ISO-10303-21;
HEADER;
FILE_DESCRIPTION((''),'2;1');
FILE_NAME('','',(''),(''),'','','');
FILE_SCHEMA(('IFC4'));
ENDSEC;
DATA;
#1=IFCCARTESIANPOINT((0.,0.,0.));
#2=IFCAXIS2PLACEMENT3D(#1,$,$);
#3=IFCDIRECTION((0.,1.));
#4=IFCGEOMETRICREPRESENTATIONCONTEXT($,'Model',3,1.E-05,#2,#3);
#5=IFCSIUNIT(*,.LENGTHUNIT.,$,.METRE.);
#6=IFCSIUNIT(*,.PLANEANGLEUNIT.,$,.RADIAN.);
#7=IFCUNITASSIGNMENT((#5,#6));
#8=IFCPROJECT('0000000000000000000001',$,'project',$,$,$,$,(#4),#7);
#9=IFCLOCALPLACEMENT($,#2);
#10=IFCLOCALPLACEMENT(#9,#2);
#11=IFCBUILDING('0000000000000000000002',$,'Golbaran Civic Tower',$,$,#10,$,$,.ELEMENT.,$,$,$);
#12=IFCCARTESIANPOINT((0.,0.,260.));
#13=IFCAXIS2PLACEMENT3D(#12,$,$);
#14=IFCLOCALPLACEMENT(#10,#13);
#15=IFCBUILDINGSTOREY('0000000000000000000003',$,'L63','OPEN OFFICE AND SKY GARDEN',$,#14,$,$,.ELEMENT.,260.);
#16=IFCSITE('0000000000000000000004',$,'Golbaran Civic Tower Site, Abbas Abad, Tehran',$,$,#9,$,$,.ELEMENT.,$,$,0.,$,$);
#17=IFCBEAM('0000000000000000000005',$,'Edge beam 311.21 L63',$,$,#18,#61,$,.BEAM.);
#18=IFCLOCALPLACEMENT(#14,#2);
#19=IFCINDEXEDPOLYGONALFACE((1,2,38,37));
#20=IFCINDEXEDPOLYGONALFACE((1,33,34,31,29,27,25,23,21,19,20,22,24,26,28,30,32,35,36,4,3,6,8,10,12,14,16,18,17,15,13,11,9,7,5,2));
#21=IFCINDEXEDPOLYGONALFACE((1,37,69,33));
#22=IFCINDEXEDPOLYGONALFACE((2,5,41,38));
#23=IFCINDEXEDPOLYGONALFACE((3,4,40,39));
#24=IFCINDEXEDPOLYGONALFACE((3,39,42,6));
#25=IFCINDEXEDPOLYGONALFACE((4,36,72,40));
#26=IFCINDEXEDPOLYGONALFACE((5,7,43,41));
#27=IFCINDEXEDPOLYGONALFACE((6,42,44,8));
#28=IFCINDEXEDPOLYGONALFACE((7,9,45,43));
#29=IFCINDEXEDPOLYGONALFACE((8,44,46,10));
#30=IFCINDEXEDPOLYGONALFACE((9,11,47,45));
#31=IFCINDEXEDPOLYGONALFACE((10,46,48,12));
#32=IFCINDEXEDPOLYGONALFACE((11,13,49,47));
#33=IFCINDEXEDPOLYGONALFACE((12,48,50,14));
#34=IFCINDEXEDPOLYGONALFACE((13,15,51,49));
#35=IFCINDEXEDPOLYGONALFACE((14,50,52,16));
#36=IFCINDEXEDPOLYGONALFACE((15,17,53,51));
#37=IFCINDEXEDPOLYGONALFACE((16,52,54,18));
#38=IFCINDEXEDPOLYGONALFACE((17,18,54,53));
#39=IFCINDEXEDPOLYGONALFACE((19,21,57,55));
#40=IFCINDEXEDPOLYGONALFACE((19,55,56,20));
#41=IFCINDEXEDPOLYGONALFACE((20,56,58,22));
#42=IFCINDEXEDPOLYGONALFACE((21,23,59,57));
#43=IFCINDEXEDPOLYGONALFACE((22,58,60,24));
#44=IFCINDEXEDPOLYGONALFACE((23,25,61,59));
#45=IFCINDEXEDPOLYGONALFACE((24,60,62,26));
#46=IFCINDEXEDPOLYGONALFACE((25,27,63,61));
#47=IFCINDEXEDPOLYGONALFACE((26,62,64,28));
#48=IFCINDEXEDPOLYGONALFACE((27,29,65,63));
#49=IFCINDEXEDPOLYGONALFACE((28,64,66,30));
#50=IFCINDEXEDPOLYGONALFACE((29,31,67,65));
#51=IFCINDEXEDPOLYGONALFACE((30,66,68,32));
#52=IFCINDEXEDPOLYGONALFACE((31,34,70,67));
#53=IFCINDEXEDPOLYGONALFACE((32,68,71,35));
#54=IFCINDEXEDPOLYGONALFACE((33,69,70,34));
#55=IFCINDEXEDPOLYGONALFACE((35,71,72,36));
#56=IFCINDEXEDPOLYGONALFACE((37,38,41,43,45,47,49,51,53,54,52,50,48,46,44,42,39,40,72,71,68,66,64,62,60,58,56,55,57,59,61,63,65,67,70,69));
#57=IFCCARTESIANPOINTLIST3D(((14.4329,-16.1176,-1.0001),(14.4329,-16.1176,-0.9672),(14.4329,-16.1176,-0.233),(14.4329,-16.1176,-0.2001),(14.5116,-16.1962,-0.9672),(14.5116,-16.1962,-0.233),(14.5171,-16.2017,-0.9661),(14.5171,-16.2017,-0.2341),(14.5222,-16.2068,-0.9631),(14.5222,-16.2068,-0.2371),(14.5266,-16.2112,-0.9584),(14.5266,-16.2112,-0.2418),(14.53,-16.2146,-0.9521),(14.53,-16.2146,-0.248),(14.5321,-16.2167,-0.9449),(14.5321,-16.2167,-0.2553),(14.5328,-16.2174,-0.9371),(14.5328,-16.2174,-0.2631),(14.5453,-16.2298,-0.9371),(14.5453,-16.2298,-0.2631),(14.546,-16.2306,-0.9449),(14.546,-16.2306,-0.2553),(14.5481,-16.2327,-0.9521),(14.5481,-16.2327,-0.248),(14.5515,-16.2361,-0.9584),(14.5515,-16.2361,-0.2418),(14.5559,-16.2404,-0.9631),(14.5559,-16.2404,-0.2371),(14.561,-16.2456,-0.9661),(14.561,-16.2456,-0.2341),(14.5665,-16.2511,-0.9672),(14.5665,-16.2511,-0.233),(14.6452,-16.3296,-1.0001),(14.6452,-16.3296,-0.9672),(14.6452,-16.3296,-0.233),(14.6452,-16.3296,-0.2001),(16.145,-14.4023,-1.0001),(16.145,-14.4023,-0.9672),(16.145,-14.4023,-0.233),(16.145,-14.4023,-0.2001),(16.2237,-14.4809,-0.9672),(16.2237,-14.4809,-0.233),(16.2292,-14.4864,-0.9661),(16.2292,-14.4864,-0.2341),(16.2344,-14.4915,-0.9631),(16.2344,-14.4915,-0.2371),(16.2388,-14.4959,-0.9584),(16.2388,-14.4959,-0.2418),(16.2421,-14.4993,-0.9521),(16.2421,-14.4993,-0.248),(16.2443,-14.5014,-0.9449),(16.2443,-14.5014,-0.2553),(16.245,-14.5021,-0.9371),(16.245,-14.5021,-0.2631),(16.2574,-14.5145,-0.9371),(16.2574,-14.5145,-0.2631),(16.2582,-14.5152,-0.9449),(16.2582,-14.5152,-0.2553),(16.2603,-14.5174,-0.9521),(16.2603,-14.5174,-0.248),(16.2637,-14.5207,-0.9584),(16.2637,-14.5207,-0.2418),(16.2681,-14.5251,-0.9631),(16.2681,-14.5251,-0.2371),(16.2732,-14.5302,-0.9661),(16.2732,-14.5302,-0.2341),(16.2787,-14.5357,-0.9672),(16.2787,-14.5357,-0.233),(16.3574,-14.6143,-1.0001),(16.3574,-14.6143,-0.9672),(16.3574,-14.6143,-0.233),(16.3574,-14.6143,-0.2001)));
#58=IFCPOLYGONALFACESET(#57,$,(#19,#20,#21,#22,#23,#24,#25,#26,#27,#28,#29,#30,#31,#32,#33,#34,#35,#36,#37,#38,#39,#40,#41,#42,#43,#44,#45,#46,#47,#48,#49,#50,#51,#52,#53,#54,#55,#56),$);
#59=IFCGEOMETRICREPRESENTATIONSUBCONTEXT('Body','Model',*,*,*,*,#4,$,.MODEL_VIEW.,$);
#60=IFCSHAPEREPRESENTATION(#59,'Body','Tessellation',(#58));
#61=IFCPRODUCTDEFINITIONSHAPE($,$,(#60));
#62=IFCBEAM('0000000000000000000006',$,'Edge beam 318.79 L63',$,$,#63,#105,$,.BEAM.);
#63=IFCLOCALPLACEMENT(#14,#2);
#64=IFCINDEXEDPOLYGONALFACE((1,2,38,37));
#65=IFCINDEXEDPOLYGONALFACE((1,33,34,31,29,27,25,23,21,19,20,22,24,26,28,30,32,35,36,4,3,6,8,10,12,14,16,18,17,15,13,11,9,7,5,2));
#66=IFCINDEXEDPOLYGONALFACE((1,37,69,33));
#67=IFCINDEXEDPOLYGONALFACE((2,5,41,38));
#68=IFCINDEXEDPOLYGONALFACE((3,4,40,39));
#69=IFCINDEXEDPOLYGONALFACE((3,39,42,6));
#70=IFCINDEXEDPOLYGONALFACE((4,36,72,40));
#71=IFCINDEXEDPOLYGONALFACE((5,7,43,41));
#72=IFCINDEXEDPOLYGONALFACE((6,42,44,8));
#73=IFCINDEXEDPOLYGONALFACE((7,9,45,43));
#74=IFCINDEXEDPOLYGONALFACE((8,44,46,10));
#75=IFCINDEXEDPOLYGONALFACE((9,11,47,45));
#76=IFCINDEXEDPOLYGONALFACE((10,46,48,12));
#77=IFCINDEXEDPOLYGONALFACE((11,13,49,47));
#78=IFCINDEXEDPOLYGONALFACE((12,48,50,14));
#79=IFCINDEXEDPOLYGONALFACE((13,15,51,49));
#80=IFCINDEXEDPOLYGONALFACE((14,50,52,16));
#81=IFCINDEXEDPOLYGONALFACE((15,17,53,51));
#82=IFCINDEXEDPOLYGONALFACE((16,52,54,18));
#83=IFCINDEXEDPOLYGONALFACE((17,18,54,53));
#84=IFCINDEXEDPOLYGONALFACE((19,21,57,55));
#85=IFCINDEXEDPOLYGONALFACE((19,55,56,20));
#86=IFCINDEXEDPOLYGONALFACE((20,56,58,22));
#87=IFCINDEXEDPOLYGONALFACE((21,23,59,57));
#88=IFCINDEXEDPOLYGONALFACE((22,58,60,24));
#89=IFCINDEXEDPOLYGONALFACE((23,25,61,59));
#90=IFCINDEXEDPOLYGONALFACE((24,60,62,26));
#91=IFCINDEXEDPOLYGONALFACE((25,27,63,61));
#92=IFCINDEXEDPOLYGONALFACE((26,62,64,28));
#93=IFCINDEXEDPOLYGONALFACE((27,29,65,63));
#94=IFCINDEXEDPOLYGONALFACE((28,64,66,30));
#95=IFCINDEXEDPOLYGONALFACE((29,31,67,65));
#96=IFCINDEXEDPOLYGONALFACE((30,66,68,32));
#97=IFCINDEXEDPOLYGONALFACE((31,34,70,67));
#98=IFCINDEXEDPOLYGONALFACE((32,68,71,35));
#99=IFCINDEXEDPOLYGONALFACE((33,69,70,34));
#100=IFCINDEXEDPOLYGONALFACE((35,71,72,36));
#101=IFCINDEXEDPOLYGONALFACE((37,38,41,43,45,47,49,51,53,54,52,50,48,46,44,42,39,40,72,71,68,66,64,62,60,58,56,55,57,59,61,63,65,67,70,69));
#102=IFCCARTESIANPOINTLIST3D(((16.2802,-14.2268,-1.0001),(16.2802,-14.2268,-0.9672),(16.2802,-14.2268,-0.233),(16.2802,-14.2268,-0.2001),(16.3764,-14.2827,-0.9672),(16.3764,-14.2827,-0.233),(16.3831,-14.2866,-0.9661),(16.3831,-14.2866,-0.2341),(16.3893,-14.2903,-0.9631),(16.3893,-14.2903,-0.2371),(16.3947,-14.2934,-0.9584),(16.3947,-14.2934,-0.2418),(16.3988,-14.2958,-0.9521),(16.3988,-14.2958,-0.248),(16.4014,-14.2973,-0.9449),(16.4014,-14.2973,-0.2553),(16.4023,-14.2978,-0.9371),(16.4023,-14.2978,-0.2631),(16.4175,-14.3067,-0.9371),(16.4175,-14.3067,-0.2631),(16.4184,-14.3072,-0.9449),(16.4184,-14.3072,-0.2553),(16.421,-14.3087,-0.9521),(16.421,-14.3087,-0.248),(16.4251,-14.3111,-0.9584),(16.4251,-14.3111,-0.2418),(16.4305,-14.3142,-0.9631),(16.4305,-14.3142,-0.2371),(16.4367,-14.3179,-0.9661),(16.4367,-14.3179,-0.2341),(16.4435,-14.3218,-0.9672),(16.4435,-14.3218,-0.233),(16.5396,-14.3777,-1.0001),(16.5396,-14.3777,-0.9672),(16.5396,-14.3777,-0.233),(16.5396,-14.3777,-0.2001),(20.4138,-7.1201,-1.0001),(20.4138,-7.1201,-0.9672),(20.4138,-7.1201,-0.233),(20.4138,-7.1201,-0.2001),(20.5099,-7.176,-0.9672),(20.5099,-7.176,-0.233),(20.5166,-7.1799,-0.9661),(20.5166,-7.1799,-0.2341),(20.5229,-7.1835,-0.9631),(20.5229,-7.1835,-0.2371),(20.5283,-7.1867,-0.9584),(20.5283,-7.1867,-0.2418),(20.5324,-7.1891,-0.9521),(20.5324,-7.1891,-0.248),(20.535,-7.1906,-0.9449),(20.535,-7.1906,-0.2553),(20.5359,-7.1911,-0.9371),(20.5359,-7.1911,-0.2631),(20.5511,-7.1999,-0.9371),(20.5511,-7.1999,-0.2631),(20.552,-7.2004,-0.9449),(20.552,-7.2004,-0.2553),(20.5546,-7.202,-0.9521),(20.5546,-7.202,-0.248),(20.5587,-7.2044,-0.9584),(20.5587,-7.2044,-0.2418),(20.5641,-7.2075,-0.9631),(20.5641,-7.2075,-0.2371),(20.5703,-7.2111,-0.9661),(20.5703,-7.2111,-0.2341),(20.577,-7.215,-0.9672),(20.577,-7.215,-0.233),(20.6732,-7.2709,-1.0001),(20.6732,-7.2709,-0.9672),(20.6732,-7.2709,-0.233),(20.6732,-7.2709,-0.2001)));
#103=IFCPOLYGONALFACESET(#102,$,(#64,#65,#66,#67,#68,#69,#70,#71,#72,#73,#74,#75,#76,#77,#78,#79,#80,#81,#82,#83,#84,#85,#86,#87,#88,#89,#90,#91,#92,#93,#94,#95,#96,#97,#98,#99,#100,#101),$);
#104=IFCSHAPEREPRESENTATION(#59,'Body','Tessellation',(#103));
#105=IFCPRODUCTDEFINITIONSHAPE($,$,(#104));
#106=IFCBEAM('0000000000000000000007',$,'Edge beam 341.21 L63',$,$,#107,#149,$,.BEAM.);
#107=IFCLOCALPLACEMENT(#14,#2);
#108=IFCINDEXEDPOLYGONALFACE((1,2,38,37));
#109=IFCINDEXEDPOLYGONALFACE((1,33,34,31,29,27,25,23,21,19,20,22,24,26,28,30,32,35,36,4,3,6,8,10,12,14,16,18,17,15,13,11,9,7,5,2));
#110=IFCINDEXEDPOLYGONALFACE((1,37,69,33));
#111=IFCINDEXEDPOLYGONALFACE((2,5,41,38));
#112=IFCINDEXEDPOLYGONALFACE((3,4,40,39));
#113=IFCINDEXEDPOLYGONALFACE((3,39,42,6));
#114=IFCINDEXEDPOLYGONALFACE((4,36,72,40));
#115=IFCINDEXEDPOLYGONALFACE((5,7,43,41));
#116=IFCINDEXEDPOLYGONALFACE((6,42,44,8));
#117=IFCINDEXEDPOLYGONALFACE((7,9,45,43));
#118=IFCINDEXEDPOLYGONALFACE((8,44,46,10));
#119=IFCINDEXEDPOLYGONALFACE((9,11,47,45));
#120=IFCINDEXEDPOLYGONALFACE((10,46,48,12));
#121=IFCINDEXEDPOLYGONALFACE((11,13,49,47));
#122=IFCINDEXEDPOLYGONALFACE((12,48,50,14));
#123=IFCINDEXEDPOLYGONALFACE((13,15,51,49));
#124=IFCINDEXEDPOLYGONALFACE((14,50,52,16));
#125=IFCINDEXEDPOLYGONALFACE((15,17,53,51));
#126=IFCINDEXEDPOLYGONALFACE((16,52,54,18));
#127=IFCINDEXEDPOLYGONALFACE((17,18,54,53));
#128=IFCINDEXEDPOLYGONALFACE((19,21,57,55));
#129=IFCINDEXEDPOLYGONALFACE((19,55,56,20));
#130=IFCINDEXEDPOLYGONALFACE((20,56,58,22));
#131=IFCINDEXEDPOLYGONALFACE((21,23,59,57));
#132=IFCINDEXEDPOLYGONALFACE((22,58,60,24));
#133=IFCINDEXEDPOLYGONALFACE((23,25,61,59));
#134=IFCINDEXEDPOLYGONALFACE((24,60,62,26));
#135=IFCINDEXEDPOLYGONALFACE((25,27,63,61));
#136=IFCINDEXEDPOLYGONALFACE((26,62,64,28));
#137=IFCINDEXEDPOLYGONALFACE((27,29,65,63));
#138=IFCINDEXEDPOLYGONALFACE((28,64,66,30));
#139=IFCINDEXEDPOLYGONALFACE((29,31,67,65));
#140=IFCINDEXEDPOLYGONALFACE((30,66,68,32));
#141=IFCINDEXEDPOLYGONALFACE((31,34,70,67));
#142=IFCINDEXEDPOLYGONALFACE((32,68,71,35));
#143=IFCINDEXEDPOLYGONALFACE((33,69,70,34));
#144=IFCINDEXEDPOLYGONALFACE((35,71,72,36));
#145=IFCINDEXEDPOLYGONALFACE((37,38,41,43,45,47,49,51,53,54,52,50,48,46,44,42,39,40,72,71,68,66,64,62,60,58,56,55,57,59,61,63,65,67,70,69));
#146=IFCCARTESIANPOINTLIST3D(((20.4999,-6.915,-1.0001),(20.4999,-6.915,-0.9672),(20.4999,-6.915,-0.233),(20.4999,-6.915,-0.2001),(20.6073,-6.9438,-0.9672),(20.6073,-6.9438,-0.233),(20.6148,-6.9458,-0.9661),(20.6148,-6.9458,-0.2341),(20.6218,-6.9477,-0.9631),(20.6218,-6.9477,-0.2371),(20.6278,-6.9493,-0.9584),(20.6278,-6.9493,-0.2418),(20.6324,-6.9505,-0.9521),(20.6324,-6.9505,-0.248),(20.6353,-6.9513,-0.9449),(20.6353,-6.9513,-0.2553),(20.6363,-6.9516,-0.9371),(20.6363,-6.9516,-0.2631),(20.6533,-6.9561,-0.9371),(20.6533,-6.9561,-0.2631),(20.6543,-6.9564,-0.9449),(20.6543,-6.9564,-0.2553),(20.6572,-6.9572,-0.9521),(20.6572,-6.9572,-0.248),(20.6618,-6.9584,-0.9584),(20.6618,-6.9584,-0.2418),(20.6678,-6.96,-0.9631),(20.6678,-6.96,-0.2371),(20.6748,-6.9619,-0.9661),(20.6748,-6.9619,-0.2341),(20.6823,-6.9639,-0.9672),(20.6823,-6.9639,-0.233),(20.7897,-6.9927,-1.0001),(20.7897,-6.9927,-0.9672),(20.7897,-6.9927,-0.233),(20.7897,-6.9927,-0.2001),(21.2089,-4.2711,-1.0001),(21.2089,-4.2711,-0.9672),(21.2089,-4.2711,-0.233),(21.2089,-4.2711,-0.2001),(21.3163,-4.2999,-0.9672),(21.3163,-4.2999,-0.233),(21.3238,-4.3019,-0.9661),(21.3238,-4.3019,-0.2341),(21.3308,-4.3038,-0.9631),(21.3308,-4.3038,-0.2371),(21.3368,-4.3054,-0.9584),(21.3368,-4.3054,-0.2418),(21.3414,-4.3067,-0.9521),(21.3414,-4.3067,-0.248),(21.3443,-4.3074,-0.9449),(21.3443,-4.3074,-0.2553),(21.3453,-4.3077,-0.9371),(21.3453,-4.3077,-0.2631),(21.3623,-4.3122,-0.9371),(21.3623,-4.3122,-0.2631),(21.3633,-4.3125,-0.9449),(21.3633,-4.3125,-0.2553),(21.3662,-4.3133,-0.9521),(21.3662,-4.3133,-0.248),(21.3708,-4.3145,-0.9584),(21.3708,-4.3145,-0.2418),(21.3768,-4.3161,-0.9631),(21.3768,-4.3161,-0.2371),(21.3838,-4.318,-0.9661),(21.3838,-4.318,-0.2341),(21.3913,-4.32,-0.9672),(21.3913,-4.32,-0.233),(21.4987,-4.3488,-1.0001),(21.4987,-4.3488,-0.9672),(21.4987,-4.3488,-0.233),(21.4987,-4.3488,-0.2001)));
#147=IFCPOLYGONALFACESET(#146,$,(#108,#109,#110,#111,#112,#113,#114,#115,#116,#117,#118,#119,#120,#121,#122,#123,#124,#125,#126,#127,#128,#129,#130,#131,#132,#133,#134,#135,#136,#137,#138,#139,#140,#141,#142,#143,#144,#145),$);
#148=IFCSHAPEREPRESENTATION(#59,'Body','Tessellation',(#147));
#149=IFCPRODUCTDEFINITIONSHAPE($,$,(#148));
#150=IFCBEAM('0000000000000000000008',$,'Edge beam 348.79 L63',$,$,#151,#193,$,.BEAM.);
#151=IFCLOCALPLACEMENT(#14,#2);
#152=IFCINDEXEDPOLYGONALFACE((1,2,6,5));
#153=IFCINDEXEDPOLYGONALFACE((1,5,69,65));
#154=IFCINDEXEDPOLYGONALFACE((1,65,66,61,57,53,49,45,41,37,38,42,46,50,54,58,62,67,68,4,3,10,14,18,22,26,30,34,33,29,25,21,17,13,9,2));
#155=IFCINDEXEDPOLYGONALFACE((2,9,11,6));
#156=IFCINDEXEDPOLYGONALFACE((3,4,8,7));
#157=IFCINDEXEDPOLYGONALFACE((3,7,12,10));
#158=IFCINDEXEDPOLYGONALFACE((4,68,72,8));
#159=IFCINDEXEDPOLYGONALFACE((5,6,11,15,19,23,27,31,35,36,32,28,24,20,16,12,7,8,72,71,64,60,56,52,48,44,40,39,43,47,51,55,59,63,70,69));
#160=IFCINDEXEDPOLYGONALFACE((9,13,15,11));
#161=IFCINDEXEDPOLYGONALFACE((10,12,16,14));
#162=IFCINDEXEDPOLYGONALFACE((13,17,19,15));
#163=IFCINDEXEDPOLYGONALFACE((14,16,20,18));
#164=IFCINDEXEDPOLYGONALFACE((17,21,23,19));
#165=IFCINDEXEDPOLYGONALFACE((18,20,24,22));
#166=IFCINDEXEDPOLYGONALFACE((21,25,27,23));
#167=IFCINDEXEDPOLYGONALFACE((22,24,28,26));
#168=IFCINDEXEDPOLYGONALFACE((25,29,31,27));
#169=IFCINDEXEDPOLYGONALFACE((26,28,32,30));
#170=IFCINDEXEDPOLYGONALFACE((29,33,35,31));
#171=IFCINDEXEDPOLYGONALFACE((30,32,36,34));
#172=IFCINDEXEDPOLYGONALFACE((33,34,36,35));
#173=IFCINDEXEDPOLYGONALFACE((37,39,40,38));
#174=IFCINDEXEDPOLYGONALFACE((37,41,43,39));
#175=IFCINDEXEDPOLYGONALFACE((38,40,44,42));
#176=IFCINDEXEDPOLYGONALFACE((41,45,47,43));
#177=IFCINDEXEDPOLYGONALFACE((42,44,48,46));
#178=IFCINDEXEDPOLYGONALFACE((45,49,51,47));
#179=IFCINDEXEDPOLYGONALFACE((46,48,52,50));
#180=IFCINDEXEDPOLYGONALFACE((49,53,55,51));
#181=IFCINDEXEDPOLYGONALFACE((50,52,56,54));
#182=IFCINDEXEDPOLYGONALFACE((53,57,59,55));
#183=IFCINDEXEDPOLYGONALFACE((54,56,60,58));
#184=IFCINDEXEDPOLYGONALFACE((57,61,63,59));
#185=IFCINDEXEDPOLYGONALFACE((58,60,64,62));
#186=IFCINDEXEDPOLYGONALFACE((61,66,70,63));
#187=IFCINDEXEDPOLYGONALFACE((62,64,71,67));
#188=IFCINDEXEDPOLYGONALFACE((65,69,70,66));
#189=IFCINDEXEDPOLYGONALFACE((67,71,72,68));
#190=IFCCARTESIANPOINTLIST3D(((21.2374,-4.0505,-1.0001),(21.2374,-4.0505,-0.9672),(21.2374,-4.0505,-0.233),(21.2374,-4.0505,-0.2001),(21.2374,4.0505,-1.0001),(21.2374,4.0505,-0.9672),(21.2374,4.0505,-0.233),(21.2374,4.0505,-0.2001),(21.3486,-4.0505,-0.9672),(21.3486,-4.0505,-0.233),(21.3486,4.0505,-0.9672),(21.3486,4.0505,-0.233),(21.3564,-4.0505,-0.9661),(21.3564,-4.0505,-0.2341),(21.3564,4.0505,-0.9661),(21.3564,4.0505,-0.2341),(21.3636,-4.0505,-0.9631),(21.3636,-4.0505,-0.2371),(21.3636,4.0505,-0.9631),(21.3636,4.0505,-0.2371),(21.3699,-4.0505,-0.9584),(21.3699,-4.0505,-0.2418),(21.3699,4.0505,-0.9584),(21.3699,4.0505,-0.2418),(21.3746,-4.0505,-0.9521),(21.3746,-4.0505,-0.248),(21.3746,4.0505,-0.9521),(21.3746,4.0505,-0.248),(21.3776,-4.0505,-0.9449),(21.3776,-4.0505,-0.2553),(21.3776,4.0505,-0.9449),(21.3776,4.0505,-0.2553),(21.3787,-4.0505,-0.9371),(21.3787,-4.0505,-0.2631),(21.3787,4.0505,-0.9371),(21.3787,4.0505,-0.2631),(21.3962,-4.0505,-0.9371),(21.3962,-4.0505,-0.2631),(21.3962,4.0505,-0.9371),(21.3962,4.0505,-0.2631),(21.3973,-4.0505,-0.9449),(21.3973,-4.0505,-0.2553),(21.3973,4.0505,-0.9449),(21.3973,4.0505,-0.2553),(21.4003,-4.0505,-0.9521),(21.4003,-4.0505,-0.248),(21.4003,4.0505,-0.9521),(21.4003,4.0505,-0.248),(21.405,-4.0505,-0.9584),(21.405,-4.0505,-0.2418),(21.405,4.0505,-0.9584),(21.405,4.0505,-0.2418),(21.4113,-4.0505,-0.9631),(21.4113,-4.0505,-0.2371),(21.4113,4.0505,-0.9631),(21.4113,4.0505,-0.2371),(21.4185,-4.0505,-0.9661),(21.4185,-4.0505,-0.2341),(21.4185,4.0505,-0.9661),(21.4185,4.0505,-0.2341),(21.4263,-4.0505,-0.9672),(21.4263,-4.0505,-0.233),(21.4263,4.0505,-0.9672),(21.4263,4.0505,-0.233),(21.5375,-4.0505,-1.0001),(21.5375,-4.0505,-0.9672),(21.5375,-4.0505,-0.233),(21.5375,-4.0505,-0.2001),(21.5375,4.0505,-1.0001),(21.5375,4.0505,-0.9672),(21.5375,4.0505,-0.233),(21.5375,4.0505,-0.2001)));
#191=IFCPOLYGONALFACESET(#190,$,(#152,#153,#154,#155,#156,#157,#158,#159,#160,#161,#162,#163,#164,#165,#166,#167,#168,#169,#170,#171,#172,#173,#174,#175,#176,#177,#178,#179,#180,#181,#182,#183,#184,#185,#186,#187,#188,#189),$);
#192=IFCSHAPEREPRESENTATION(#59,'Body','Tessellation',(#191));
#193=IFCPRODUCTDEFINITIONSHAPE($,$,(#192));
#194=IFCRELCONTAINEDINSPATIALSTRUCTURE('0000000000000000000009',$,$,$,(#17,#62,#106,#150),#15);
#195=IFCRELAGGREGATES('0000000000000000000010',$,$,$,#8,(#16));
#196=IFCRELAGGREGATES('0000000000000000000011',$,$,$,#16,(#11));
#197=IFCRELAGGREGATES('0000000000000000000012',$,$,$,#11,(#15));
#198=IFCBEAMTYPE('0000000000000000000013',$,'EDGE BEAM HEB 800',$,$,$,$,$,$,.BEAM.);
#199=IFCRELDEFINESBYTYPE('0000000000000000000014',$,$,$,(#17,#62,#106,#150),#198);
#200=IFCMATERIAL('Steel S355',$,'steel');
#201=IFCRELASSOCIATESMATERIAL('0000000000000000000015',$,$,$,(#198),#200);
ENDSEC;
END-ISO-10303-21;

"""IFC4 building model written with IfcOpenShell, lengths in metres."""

from ifc_helpers import new_model, si_unit, direction, frame, origin, origin_2d, place, context, subcontext, project, spatial, i_section, extrude, material, material_profile, profile_set, type_object, element, save


model = new_model("IFC4")

# Units and contexts
model_context = context("Model", 3, precision=1e-05, world=origin(), true_north=direction((0.0, 1.0)))
body_context = subcontext(model_context, "Body", "Model", "MODEL_VIEW")
ifc_project = project(units=[si_unit("LENGTHUNIT", "METRE"), si_unit("PLANEANGLEUNIT", "RADIAN")], contexts=[model_context])

# Site, building, storey
site_placement = place(None, origin())
site = spatial("IfcSite", under=ifc_project, at=site_placement, Name="Golbaran Civic Tower Site, Abbas Abad, Tehran", CompositionType="ELEMENT", RefElevation=0.0)
building_placement = place(site_placement, origin())
building = spatial("IfcBuilding", under=site, at=building_placement, Name="Golbaran Civic Tower", CompositionType="ELEMENT")
storey_placement = place(building_placement, frame((0.0, 0.0, 260.0)))
storey = spatial("IfcBuildingStorey", under=building, at=storey_placement, Name="L63", Description="OPEN OFFICE AND SKY GARDEN", CompositionType="ELEMENT", Elevation=260.0)

# Beams
ifc_material_1 = material(Name="Steel S355", Category="steel")
ifc_material_profile_1 = material_profile(ifc_material_1, i_section(OverallWidth=0.3, OverallDepth=0.8, WebThickness=0.0176, FlangeThickness=0.033, FilletRadius=0.03, at=origin_2d()), Name="HEB 800")
ifc_profile_set_1 = profile_set([ifc_material_profile_1], Name="Steel S355")
beam_type_1 = type_object("IfcBeamType", Name="EDGE BEAM HEB 800", PredefinedType="BEAM", material=ifc_profile_set_1)
beam_1_placement = place(storey_placement, frame((14.5391, -16.2236, -0.6001), z_axis=(0.706452, 0.707761, 0.0), x_axis=(-0.707761, 0.706452, 0.0)))
element("IfcBeam", 1, at=beam_1_placement, inside=storey, type_object=beam_type_1, Name="Edge beam 311.21 L63", PredefinedType="BEAM", context=body_context, shape_type="SweptSolid", body=[
    extrude(i_section(OverallWidth=0.3, OverallDepth=0.8, WebThickness=0.0176, FlangeThickness=0.033, FilletRadius=0.03, at=origin_2d()), origin(), (0.0, 0.0, 1.0), 2.4236),
])
beam_2_placement = place(storey_placement, frame((16.4099, -14.3022, -0.6001), z_axis=(0.502779, 0.864415, 0.0), x_axis=(-0.864415, 0.502779, 0.0)))
element("IfcBeam", 2, at=beam_2_placement, inside=storey, type_object=beam_type_1, Name="Edge beam 318.79 L63", PredefinedType="BEAM", context=body_context, shape_type="SweptSolid", body=[
    extrude(i_section(OverallWidth=0.3, OverallDepth=0.8, WebThickness=0.0176, FlangeThickness=0.033, FilletRadius=0.03, at=origin_2d()), origin(), (0.0, 0.0, 1.0), 8.2214),
])
beam_3_placement = place(storey_placement, frame((20.6448, -6.9539, -0.6001), z_axis=(0.259017, 0.965873, 0.0), x_axis=(-0.965873, 0.259017, 0.0)))
element("IfcBeam", 3, at=beam_3_placement, inside=storey, type_object=beam_type_1, Name="Edge beam 341.21 L63", PredefinedType="BEAM", context=body_context, shape_type="SweptSolid", body=[
    extrude(i_section(OverallWidth=0.3, OverallDepth=0.8, WebThickness=0.0176, FlangeThickness=0.033, FilletRadius=0.03, at=origin_2d()), origin(), (0.0, 0.0, 1.0), 2.7373),
])
beam_4_placement = place(storey_placement, frame((21.3875, -4.0505, -0.6001), z_axis=(0.0, 1.0, 0.0), x_axis=(-1.0, 0.0, 0.0)))
element("IfcBeam", 4, at=beam_4_placement, inside=storey, type_object=beam_type_1, Name="Edge beam 348.79 L63", PredefinedType="BEAM", context=body_context, shape_type="SweptSolid", body=[
    extrude(i_section(OverallWidth=0.3, OverallDepth=0.8, WebThickness=0.0176, FlangeThickness=0.033, FilletRadius=0.03, at=origin_2d()), origin(), (0.0, 0.0, 1.0), 8.1011),
])

save(model, "model.ifc")
